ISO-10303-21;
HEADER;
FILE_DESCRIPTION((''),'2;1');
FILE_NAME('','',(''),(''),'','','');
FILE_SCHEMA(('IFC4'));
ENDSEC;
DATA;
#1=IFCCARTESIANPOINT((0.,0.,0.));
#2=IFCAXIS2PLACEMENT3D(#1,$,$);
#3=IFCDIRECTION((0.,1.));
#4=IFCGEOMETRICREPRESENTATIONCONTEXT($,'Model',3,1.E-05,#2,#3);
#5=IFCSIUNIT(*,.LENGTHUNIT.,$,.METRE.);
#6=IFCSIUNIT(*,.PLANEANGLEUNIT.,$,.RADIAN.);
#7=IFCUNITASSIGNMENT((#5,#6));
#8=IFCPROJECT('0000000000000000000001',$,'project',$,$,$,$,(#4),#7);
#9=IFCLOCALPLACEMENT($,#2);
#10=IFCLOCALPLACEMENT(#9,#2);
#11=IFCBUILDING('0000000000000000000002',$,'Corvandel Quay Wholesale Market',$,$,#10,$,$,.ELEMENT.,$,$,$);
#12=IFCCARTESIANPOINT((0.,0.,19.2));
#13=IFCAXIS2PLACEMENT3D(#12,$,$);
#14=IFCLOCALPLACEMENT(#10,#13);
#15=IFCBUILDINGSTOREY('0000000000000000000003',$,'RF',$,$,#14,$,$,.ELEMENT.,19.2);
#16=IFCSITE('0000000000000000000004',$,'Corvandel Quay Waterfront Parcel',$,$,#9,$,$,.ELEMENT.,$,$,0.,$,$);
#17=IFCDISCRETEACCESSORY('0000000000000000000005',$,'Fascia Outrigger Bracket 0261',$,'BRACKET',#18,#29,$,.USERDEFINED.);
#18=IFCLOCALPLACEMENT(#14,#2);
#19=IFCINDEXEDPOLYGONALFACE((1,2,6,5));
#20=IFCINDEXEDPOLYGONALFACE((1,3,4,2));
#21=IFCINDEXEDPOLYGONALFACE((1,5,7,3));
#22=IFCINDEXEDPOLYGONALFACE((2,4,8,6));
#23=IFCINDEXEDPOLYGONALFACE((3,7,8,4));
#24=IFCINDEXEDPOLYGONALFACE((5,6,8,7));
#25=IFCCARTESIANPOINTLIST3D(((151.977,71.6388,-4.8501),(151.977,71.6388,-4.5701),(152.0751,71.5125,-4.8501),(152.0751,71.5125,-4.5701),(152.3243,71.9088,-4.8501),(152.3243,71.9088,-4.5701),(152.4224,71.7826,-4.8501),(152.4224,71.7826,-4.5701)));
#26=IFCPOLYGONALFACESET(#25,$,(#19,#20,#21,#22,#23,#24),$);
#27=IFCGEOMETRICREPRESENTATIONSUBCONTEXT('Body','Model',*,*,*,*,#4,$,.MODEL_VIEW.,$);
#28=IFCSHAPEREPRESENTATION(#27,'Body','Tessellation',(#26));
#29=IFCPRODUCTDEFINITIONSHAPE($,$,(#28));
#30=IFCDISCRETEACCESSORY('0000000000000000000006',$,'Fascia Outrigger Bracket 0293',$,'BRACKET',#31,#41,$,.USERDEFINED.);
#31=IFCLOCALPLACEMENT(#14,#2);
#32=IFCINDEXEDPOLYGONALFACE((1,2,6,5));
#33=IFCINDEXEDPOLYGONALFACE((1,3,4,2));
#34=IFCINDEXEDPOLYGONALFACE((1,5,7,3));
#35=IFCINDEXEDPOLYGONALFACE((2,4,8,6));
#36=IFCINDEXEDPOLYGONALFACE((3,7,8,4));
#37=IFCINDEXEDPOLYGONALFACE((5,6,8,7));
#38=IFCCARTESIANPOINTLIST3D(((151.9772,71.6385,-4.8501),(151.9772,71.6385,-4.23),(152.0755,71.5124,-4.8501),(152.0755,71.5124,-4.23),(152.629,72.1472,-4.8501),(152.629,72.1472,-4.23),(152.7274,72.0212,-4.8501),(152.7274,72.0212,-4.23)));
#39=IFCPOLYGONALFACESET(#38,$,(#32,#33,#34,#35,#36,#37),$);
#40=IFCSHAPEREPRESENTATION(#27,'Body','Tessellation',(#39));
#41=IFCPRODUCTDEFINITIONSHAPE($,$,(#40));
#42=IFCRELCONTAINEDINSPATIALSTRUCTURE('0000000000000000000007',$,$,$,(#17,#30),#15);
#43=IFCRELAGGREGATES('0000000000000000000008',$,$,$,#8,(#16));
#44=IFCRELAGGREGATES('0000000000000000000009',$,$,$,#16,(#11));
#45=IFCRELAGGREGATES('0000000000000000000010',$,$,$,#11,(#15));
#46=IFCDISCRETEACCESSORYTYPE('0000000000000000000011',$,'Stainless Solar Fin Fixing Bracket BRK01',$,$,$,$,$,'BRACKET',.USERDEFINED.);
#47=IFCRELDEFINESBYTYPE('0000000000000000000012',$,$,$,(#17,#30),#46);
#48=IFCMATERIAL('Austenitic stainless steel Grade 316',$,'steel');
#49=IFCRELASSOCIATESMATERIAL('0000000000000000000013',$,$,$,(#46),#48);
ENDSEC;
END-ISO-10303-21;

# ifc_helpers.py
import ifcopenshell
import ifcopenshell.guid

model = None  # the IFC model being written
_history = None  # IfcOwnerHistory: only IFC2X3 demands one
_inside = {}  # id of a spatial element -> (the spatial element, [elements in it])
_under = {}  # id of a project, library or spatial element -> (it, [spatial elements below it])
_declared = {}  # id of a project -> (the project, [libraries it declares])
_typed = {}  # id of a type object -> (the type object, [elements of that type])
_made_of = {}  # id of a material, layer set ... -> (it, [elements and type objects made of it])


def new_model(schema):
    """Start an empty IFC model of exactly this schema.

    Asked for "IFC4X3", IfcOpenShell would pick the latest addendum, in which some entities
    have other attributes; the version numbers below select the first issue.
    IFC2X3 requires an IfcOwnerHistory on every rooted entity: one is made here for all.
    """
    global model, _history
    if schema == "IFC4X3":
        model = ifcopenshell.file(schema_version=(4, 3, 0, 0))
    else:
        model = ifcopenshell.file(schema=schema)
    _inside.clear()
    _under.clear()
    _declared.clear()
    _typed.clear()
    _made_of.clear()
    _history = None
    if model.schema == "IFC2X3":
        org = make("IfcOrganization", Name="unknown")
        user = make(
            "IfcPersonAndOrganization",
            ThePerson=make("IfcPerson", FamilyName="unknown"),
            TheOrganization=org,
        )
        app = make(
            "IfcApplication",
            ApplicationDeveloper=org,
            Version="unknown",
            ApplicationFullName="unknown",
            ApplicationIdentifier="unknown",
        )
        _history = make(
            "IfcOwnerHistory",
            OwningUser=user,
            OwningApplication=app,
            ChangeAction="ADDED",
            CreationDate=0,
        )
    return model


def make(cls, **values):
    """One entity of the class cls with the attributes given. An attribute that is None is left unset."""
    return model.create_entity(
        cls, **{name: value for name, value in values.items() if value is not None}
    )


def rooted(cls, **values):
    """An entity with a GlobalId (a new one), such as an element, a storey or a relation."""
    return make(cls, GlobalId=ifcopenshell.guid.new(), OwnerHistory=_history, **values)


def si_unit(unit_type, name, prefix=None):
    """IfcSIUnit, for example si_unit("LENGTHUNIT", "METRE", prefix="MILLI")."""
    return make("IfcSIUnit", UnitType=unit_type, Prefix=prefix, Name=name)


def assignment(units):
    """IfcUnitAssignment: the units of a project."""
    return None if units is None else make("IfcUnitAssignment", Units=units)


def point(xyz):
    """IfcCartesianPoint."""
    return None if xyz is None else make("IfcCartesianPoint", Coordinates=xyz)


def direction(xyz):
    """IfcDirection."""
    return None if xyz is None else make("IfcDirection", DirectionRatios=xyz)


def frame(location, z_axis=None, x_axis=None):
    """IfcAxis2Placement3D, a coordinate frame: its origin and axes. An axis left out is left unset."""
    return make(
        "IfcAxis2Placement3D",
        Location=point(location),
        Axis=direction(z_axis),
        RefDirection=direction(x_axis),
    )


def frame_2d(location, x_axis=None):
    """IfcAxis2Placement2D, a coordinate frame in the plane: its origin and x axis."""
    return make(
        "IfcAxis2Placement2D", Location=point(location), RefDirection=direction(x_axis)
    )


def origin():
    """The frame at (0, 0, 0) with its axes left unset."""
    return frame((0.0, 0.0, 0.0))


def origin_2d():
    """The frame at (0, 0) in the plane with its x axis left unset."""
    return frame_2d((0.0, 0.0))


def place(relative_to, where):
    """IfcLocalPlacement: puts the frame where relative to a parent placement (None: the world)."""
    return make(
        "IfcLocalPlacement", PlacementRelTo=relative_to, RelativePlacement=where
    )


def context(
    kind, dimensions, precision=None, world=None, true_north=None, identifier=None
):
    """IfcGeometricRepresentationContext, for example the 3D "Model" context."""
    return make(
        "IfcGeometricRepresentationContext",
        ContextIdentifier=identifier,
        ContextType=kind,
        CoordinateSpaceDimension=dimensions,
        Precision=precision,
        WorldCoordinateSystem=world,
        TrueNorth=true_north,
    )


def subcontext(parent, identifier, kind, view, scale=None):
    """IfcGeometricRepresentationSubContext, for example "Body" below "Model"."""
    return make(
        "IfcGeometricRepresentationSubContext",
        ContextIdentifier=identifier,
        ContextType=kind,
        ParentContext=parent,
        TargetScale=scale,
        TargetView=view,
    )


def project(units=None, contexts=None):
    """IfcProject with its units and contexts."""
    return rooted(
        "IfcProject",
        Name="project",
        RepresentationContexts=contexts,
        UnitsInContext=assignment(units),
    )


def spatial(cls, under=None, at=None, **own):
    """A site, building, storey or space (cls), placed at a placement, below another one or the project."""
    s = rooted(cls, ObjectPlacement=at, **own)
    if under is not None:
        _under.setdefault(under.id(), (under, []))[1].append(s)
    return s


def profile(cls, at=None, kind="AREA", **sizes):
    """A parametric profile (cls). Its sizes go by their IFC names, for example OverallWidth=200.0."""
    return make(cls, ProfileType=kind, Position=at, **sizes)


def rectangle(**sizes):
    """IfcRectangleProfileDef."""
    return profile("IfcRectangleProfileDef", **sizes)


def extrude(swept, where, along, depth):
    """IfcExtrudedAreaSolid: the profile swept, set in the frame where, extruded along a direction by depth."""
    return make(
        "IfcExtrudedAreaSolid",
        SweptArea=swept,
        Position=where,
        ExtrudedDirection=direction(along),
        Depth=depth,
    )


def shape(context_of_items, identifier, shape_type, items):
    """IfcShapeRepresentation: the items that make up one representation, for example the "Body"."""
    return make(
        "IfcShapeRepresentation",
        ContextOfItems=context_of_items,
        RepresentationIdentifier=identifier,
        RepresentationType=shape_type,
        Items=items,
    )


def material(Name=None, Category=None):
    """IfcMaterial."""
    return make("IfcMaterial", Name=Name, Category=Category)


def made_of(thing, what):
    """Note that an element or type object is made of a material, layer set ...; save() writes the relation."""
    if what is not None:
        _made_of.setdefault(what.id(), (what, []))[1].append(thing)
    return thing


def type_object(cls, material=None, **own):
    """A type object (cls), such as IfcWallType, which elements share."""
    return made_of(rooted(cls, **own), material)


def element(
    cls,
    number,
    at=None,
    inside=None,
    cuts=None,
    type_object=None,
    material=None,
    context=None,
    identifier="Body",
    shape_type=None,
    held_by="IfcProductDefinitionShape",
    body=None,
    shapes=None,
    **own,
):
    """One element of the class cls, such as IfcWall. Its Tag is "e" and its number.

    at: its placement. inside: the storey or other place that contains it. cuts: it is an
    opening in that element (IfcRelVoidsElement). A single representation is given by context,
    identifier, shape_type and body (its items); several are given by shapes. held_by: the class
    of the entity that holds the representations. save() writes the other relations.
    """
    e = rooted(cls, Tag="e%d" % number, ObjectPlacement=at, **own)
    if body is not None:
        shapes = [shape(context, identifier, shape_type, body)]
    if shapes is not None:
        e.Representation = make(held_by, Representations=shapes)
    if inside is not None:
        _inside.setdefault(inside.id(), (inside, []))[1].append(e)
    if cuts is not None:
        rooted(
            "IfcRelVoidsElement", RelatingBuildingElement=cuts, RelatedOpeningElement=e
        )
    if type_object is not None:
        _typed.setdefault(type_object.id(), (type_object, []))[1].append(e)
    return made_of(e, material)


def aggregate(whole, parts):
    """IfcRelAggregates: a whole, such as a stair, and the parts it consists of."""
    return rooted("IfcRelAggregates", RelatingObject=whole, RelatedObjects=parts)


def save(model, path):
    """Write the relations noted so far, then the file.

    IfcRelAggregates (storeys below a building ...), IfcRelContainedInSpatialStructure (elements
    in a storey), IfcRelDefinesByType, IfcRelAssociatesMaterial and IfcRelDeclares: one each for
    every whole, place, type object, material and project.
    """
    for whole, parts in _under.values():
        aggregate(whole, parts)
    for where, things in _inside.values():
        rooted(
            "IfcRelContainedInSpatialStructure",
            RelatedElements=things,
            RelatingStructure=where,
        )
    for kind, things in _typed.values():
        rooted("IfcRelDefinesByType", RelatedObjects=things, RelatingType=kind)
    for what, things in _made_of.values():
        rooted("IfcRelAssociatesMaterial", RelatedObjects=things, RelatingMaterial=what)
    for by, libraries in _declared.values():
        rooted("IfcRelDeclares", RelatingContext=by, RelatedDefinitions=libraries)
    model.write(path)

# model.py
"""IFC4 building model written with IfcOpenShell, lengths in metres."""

from ifc_helpers import new_model, si_unit, direction, frame, origin, origin_2d, place, context, subcontext, project, spatial, rectangle, extrude, material, type_object, element, save


model = new_model("IFC4")

# Units and contexts
model_context = context("Model", 3, precision=1e-05, world=origin(), true_north=direction((0.0, 1.0)))
body_context = subcontext(model_context, "Body", "Model", "MODEL_VIEW")
ifc_project = project(units=[si_unit("LENGTHUNIT", "METRE"), si_unit("PLANEANGLEUNIT", "RADIAN")], contexts=[model_context])

# Site, building, storey
site_placement = place(None, origin())
site = spatial("IfcSite", under=ifc_project, at=site_placement, Name="Corvandel Quay Waterfront Parcel", CompositionType="ELEMENT", RefElevation=0.0)
building_placement = place(site_placement, origin())
building = spatial("IfcBuilding", under=site, at=building_placement, Name="Corvandel Quay Wholesale Market", CompositionType="ELEMENT")
storey_placement = place(building_placement, frame((0.0, 0.0, 19.2)))
storey = spatial("IfcBuildingStorey", under=building, at=storey_placement, Name="RF", CompositionType="ELEMENT", Elevation=19.2)

# Discrete accessories
ifc_material_1 = material(Name="Austenitic stainless steel Grade 316", Category="steel")
discrete_accessory_type = type_object("IfcDiscreteAccessoryType", Name="Stainless Solar Fin Fixing Bracket BRK01", ElementType="BRACKET", PredefinedType="USERDEFINED", material=ifc_material_1)
discrete_accessory_1_placement = place(storey_placement, frame((152.1997, 71.7107, -4.8501), z_axis=(0.0, 0.0, 1.0), x_axis=(0.789406, 0.613872, 0.0)))
element("IfcDiscreteAccessory", 1, at=discrete_accessory_1_placement, inside=storey, type_object=discrete_accessory_type, Name="Fascia Outrigger Bracket 0261", ObjectType="BRACKET", PredefinedType="USERDEFINED", context=body_context, shape_type="SweptSolid", body=[
    extrude(rectangle(XDim=0.4399, YDim=0.1599, at=origin_2d()), origin(), (0.0, 0.0, 1.0), 0.28),
])
discrete_accessory_2_placement = place(storey_placement, frame((152.3523, 71.8298, -4.8501), z_axis=(0.0, 0.0, 1.0), x_axis=(0.788333, 0.615249, 0.0)))
element("IfcDiscreteAccessory", 2, at=discrete_accessory_2_placement, inside=storey, type_object=discrete_accessory_type, Name="Fascia Outrigger Bracket 0293", ObjectType="BRACKET", PredefinedType="USERDEFINED", context=body_context, shape_type="SweptSolid", body=[
    extrude(rectangle(XDim=0.8269, YDim=0.1599, at=origin_2d()), origin(), (0.0, 0.0, 1.0), 0.6201),
])

save(model, "model.ifc")
